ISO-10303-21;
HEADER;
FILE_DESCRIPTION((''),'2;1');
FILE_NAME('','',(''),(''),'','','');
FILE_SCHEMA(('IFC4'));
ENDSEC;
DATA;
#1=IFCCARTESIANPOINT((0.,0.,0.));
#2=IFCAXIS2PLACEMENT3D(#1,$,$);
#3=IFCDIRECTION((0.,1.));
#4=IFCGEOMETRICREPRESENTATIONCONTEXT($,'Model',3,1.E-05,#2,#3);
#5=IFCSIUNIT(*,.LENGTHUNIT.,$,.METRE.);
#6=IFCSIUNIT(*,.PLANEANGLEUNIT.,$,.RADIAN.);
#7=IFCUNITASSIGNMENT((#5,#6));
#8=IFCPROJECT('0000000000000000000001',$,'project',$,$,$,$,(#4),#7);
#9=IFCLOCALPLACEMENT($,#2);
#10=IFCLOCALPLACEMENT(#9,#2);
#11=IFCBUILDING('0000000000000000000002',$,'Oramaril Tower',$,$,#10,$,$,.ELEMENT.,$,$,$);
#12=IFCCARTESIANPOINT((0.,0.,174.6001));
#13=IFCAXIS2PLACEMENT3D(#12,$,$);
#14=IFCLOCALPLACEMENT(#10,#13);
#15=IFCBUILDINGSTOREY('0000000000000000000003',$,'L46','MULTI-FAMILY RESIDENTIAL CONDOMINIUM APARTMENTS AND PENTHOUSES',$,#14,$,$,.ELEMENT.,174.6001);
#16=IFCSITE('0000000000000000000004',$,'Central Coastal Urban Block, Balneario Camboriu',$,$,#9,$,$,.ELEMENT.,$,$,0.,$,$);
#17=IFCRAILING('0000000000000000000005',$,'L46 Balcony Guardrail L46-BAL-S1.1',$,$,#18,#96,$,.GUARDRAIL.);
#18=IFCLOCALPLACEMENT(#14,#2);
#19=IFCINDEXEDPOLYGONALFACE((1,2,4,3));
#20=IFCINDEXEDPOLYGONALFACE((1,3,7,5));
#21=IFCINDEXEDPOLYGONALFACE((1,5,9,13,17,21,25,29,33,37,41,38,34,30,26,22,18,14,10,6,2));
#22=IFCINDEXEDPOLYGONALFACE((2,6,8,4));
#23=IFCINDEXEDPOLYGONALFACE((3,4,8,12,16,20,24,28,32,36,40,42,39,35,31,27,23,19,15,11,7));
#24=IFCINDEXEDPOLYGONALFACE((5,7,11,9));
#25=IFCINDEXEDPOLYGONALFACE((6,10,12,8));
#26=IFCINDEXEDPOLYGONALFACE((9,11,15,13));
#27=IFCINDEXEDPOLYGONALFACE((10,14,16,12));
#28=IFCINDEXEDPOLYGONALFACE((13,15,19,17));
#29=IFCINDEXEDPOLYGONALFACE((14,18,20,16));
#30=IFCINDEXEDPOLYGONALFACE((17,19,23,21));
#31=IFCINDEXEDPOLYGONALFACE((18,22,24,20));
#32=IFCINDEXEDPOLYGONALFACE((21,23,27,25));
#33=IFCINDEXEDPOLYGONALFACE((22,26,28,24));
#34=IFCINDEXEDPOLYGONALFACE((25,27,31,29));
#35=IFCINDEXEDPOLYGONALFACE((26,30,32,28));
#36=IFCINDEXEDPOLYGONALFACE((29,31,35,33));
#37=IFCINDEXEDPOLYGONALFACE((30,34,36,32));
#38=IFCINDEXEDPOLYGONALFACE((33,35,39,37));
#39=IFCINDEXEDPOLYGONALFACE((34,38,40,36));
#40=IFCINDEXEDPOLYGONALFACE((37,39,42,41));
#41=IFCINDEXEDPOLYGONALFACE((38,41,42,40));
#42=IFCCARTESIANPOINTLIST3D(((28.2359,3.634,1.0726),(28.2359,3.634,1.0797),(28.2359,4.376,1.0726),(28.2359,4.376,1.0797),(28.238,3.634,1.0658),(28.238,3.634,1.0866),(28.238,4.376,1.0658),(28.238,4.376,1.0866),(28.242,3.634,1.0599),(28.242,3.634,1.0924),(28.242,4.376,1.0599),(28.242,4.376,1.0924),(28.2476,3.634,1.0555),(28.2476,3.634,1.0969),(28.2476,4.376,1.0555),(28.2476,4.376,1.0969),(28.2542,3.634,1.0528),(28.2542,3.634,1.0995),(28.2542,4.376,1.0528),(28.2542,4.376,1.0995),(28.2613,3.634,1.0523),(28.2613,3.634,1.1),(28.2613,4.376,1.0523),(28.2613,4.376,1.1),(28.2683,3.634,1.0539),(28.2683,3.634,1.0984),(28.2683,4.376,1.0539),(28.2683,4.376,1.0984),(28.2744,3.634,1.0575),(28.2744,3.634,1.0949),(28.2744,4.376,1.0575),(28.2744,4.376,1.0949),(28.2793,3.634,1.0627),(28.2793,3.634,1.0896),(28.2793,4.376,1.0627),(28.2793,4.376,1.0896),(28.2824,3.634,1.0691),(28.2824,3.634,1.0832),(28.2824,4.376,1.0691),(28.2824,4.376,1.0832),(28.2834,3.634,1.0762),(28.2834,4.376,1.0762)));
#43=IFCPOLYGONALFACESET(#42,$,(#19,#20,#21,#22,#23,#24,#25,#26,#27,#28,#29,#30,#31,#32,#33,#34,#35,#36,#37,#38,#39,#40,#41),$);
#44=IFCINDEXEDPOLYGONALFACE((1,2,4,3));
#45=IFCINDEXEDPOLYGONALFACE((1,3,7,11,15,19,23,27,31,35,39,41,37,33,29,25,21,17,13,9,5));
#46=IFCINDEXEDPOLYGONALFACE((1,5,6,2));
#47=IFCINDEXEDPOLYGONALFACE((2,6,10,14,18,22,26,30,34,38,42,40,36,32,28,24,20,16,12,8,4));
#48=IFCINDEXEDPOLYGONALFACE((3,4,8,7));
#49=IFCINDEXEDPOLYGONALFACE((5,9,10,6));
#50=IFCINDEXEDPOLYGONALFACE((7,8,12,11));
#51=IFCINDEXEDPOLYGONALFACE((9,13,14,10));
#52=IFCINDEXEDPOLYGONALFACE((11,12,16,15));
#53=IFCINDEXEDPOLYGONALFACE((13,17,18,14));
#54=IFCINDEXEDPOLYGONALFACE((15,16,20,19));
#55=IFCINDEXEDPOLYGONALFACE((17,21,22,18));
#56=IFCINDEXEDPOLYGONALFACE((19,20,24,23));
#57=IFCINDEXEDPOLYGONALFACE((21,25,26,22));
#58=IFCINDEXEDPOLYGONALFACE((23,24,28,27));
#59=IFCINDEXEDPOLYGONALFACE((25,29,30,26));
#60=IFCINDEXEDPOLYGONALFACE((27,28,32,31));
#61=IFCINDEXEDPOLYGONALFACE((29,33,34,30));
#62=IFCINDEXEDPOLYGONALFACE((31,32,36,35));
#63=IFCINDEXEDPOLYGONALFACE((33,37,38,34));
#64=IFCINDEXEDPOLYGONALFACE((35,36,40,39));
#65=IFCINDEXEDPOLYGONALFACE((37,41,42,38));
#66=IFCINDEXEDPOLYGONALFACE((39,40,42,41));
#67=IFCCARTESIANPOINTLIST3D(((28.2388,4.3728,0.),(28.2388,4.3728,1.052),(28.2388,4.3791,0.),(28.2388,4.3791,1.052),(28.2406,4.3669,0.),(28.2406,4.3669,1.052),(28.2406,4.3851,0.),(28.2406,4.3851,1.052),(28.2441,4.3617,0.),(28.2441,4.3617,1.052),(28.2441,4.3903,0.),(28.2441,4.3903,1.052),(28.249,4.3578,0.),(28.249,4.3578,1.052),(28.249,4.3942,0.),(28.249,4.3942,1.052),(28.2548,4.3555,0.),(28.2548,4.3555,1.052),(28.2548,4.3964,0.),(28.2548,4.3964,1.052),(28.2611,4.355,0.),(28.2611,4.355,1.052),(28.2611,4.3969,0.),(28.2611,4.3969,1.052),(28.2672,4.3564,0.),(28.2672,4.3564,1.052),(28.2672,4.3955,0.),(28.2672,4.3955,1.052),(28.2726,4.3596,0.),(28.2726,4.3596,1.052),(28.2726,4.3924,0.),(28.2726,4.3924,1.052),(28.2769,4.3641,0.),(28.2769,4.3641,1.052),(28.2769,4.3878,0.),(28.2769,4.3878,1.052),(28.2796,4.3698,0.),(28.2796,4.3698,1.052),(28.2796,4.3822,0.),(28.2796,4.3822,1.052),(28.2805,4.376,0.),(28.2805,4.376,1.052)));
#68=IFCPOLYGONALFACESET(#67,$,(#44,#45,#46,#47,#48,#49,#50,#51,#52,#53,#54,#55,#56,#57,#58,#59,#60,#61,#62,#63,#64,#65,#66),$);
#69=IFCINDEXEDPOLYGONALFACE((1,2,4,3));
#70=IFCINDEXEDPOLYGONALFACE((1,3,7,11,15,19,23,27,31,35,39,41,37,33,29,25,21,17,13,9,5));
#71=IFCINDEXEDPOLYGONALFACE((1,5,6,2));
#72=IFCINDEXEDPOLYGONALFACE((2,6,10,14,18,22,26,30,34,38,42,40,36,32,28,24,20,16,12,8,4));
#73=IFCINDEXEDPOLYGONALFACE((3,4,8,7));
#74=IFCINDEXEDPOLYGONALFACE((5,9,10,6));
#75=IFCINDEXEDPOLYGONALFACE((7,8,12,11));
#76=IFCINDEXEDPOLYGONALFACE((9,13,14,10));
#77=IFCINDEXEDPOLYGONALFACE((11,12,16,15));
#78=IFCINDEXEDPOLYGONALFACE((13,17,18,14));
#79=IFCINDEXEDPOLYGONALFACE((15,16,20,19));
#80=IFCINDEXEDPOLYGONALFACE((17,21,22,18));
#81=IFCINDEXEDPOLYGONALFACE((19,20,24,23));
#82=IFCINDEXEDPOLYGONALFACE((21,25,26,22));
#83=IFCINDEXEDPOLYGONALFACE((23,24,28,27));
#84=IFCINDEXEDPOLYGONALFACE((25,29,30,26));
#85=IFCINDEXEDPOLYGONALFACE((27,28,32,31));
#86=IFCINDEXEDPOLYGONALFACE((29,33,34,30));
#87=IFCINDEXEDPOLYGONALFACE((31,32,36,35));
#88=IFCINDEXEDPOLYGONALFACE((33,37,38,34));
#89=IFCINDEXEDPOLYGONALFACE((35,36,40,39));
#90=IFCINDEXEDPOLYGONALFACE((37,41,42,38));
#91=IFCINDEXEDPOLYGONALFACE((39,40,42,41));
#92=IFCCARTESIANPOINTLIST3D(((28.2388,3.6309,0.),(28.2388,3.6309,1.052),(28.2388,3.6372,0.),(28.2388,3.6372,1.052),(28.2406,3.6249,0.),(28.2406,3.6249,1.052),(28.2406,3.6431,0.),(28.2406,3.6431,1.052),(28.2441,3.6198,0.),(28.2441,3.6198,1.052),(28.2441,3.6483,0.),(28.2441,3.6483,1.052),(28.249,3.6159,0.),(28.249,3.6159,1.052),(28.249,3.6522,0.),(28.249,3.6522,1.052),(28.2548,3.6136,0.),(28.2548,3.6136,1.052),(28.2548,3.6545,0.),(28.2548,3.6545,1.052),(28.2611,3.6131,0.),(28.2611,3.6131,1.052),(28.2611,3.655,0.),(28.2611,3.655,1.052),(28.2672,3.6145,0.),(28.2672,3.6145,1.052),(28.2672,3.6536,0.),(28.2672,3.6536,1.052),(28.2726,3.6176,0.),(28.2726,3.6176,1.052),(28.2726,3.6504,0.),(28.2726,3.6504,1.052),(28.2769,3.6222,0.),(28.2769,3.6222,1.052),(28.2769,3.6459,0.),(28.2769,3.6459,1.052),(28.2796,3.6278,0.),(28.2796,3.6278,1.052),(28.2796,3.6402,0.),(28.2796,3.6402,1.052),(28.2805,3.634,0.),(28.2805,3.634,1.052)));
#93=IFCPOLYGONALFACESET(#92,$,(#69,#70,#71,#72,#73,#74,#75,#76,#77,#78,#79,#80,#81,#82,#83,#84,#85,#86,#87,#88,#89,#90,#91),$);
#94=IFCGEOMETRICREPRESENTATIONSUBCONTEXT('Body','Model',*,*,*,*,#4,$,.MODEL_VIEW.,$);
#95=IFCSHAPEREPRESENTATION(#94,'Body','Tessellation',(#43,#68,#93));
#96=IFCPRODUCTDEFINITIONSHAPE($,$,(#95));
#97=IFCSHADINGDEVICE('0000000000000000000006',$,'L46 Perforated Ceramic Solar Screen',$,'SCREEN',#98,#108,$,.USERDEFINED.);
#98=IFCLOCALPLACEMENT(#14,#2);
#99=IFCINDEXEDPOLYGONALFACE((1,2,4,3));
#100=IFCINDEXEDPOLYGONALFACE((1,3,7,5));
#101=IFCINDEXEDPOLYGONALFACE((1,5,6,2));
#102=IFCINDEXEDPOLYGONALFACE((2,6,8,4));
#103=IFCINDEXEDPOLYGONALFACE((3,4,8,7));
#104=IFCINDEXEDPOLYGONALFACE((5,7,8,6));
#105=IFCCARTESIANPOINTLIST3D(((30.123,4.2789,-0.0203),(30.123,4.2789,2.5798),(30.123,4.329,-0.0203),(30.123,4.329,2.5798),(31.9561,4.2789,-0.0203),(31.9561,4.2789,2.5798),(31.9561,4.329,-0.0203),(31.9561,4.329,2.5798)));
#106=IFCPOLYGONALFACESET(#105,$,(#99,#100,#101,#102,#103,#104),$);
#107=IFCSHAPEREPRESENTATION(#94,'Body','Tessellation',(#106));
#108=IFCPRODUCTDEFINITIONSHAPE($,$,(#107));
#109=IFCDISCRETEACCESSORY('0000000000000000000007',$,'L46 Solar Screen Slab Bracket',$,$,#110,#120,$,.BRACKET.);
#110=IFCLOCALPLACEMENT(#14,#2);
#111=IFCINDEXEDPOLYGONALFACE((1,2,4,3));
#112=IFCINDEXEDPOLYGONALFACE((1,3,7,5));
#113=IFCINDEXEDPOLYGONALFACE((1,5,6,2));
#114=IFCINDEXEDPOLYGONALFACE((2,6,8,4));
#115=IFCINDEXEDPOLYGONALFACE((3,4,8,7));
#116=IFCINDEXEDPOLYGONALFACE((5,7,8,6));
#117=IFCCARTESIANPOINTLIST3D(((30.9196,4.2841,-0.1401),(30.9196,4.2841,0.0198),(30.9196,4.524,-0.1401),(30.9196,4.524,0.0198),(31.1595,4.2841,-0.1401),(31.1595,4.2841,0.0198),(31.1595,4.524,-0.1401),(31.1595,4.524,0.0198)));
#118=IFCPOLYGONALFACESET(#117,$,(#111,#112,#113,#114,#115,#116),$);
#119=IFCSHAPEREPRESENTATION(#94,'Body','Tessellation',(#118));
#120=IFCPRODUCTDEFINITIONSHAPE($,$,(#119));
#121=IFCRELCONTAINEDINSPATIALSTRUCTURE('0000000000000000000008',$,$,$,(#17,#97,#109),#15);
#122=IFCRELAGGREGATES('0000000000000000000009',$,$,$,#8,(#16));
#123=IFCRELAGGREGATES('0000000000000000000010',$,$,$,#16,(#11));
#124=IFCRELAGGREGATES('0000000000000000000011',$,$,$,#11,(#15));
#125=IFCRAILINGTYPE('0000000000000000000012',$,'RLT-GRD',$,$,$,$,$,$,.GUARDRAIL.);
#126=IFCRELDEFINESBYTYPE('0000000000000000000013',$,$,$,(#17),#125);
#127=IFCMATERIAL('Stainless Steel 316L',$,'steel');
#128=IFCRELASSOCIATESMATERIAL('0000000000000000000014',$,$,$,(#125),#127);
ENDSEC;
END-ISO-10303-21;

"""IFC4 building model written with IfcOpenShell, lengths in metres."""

from ifc_helpers import new_model, si_unit, direction, frame, origin, origin_2d, place, context, subcontext, project, spatial, rectangle, circle, extrude, material, type_object, element, save


model = new_model("IFC4")

# Units and contexts
model_context = context("Model", 3, precision=1e-05, world=origin(), true_north=direction((0.0, 1.0)))
body_context = subcontext(model_context, "Body", "Model", "MODEL_VIEW")
ifc_project = project(units=[si_unit("LENGTHUNIT", "METRE"), si_unit("PLANEANGLEUNIT", "RADIAN")], contexts=[model_context])

# Site, building, storey
site_placement = place(None, origin())
site = spatial("IfcSite", under=ifc_project, at=site_placement, Name="Central Coastal Urban Block, Balneario Camboriu", CompositionType="ELEMENT", RefElevation=0.0)
building_placement = place(site_placement, origin())
building = spatial("IfcBuilding", under=site, at=building_placement, Name="Oramaril Tower", CompositionType="ELEMENT")
storey_placement = place(building_placement, frame((0.0, 0.0, 174.6001)))
storey = spatial("IfcBuildingStorey", under=building, at=storey_placement, Name="L46", Description="MULTI-FAMILY RESIDENTIAL CONDOMINIUM APARTMENTS AND PENTHOUSES", CompositionType="ELEMENT", Elevation=174.6001)

# Railing
ifc_material_1 = material(Name="Stainless Steel 316L", Category="steel")
railing_type = type_object("IfcRailingType", Name="RLT-GRD", PredefinedType="GUARDRAIL", material=ifc_material_1)
railing_1_placement = place(storey_placement, frame((28.2595, 4.376, 0.0)))
element("IfcRailing", 1, at=railing_1_placement, inside=storey, type_object=railing_type, Name="L46 Balcony Guardrail L46-BAL-S1.1", PredefinedType="GUARDRAIL", context=body_context, shape_type="SweptSolid", body=[
    extrude(circle(Radius=0.0239, at=origin_2d()), frame((0.0, 0.0, 1.0762), z_axis=(0.0, -1.0, 0.0), x_axis=(1.0, 0.0, 0.0)), (0.0, 0.0, 1.0), 0.7419),
    extrude(circle(Radius=0.021, at=origin_2d()), origin(), (0.0, 0.0, 1.0), 1.052),
    extrude(circle(Radius=0.021, at=origin_2d()), frame((0.0, -0.7419, 0.0)), (0.0, 0.0, 1.0), 1.052),
])

# Shading device
shading_device_placement = place(storey_placement, frame((31.0396, 4.304, -0.0203), z_axis=(0.0, 0.0, 1.0), x_axis=(1.0, 0.0, 0.0)))
element("IfcShadingDevice", 2, at=shading_device_placement, inside=storey, Name="L46 Perforated Ceramic Solar Screen", ObjectType="SCREEN", PredefinedType="USERDEFINED", context=body_context, shape_type="SweptSolid", body=[
    extrude(rectangle(XDim=1.833, YDim=0.05, at=origin_2d()), origin(), (0.0, 0.0, 1.0), 2.6001),
])

# Discrete accessory
discrete_accessory_placement = place(storey_placement, frame((31.0396, 4.4041, -0.1401), z_axis=(0.0, 0.0, 1.0), x_axis=(1.0, 0.0, 0.0)))
element("IfcDiscreteAccessory", 3, at=discrete_accessory_placement, inside=storey, Name="L46 Solar Screen Slab Bracket", PredefinedType="BRACKET", context=body_context, shape_type="SweptSolid", body=[
    extrude(rectangle(XDim=0.24, YDim=0.24, at=origin_2d()), origin(), (0.0, 0.0, 1.0), 0.1599),
])

save(model, "model.ifc")
